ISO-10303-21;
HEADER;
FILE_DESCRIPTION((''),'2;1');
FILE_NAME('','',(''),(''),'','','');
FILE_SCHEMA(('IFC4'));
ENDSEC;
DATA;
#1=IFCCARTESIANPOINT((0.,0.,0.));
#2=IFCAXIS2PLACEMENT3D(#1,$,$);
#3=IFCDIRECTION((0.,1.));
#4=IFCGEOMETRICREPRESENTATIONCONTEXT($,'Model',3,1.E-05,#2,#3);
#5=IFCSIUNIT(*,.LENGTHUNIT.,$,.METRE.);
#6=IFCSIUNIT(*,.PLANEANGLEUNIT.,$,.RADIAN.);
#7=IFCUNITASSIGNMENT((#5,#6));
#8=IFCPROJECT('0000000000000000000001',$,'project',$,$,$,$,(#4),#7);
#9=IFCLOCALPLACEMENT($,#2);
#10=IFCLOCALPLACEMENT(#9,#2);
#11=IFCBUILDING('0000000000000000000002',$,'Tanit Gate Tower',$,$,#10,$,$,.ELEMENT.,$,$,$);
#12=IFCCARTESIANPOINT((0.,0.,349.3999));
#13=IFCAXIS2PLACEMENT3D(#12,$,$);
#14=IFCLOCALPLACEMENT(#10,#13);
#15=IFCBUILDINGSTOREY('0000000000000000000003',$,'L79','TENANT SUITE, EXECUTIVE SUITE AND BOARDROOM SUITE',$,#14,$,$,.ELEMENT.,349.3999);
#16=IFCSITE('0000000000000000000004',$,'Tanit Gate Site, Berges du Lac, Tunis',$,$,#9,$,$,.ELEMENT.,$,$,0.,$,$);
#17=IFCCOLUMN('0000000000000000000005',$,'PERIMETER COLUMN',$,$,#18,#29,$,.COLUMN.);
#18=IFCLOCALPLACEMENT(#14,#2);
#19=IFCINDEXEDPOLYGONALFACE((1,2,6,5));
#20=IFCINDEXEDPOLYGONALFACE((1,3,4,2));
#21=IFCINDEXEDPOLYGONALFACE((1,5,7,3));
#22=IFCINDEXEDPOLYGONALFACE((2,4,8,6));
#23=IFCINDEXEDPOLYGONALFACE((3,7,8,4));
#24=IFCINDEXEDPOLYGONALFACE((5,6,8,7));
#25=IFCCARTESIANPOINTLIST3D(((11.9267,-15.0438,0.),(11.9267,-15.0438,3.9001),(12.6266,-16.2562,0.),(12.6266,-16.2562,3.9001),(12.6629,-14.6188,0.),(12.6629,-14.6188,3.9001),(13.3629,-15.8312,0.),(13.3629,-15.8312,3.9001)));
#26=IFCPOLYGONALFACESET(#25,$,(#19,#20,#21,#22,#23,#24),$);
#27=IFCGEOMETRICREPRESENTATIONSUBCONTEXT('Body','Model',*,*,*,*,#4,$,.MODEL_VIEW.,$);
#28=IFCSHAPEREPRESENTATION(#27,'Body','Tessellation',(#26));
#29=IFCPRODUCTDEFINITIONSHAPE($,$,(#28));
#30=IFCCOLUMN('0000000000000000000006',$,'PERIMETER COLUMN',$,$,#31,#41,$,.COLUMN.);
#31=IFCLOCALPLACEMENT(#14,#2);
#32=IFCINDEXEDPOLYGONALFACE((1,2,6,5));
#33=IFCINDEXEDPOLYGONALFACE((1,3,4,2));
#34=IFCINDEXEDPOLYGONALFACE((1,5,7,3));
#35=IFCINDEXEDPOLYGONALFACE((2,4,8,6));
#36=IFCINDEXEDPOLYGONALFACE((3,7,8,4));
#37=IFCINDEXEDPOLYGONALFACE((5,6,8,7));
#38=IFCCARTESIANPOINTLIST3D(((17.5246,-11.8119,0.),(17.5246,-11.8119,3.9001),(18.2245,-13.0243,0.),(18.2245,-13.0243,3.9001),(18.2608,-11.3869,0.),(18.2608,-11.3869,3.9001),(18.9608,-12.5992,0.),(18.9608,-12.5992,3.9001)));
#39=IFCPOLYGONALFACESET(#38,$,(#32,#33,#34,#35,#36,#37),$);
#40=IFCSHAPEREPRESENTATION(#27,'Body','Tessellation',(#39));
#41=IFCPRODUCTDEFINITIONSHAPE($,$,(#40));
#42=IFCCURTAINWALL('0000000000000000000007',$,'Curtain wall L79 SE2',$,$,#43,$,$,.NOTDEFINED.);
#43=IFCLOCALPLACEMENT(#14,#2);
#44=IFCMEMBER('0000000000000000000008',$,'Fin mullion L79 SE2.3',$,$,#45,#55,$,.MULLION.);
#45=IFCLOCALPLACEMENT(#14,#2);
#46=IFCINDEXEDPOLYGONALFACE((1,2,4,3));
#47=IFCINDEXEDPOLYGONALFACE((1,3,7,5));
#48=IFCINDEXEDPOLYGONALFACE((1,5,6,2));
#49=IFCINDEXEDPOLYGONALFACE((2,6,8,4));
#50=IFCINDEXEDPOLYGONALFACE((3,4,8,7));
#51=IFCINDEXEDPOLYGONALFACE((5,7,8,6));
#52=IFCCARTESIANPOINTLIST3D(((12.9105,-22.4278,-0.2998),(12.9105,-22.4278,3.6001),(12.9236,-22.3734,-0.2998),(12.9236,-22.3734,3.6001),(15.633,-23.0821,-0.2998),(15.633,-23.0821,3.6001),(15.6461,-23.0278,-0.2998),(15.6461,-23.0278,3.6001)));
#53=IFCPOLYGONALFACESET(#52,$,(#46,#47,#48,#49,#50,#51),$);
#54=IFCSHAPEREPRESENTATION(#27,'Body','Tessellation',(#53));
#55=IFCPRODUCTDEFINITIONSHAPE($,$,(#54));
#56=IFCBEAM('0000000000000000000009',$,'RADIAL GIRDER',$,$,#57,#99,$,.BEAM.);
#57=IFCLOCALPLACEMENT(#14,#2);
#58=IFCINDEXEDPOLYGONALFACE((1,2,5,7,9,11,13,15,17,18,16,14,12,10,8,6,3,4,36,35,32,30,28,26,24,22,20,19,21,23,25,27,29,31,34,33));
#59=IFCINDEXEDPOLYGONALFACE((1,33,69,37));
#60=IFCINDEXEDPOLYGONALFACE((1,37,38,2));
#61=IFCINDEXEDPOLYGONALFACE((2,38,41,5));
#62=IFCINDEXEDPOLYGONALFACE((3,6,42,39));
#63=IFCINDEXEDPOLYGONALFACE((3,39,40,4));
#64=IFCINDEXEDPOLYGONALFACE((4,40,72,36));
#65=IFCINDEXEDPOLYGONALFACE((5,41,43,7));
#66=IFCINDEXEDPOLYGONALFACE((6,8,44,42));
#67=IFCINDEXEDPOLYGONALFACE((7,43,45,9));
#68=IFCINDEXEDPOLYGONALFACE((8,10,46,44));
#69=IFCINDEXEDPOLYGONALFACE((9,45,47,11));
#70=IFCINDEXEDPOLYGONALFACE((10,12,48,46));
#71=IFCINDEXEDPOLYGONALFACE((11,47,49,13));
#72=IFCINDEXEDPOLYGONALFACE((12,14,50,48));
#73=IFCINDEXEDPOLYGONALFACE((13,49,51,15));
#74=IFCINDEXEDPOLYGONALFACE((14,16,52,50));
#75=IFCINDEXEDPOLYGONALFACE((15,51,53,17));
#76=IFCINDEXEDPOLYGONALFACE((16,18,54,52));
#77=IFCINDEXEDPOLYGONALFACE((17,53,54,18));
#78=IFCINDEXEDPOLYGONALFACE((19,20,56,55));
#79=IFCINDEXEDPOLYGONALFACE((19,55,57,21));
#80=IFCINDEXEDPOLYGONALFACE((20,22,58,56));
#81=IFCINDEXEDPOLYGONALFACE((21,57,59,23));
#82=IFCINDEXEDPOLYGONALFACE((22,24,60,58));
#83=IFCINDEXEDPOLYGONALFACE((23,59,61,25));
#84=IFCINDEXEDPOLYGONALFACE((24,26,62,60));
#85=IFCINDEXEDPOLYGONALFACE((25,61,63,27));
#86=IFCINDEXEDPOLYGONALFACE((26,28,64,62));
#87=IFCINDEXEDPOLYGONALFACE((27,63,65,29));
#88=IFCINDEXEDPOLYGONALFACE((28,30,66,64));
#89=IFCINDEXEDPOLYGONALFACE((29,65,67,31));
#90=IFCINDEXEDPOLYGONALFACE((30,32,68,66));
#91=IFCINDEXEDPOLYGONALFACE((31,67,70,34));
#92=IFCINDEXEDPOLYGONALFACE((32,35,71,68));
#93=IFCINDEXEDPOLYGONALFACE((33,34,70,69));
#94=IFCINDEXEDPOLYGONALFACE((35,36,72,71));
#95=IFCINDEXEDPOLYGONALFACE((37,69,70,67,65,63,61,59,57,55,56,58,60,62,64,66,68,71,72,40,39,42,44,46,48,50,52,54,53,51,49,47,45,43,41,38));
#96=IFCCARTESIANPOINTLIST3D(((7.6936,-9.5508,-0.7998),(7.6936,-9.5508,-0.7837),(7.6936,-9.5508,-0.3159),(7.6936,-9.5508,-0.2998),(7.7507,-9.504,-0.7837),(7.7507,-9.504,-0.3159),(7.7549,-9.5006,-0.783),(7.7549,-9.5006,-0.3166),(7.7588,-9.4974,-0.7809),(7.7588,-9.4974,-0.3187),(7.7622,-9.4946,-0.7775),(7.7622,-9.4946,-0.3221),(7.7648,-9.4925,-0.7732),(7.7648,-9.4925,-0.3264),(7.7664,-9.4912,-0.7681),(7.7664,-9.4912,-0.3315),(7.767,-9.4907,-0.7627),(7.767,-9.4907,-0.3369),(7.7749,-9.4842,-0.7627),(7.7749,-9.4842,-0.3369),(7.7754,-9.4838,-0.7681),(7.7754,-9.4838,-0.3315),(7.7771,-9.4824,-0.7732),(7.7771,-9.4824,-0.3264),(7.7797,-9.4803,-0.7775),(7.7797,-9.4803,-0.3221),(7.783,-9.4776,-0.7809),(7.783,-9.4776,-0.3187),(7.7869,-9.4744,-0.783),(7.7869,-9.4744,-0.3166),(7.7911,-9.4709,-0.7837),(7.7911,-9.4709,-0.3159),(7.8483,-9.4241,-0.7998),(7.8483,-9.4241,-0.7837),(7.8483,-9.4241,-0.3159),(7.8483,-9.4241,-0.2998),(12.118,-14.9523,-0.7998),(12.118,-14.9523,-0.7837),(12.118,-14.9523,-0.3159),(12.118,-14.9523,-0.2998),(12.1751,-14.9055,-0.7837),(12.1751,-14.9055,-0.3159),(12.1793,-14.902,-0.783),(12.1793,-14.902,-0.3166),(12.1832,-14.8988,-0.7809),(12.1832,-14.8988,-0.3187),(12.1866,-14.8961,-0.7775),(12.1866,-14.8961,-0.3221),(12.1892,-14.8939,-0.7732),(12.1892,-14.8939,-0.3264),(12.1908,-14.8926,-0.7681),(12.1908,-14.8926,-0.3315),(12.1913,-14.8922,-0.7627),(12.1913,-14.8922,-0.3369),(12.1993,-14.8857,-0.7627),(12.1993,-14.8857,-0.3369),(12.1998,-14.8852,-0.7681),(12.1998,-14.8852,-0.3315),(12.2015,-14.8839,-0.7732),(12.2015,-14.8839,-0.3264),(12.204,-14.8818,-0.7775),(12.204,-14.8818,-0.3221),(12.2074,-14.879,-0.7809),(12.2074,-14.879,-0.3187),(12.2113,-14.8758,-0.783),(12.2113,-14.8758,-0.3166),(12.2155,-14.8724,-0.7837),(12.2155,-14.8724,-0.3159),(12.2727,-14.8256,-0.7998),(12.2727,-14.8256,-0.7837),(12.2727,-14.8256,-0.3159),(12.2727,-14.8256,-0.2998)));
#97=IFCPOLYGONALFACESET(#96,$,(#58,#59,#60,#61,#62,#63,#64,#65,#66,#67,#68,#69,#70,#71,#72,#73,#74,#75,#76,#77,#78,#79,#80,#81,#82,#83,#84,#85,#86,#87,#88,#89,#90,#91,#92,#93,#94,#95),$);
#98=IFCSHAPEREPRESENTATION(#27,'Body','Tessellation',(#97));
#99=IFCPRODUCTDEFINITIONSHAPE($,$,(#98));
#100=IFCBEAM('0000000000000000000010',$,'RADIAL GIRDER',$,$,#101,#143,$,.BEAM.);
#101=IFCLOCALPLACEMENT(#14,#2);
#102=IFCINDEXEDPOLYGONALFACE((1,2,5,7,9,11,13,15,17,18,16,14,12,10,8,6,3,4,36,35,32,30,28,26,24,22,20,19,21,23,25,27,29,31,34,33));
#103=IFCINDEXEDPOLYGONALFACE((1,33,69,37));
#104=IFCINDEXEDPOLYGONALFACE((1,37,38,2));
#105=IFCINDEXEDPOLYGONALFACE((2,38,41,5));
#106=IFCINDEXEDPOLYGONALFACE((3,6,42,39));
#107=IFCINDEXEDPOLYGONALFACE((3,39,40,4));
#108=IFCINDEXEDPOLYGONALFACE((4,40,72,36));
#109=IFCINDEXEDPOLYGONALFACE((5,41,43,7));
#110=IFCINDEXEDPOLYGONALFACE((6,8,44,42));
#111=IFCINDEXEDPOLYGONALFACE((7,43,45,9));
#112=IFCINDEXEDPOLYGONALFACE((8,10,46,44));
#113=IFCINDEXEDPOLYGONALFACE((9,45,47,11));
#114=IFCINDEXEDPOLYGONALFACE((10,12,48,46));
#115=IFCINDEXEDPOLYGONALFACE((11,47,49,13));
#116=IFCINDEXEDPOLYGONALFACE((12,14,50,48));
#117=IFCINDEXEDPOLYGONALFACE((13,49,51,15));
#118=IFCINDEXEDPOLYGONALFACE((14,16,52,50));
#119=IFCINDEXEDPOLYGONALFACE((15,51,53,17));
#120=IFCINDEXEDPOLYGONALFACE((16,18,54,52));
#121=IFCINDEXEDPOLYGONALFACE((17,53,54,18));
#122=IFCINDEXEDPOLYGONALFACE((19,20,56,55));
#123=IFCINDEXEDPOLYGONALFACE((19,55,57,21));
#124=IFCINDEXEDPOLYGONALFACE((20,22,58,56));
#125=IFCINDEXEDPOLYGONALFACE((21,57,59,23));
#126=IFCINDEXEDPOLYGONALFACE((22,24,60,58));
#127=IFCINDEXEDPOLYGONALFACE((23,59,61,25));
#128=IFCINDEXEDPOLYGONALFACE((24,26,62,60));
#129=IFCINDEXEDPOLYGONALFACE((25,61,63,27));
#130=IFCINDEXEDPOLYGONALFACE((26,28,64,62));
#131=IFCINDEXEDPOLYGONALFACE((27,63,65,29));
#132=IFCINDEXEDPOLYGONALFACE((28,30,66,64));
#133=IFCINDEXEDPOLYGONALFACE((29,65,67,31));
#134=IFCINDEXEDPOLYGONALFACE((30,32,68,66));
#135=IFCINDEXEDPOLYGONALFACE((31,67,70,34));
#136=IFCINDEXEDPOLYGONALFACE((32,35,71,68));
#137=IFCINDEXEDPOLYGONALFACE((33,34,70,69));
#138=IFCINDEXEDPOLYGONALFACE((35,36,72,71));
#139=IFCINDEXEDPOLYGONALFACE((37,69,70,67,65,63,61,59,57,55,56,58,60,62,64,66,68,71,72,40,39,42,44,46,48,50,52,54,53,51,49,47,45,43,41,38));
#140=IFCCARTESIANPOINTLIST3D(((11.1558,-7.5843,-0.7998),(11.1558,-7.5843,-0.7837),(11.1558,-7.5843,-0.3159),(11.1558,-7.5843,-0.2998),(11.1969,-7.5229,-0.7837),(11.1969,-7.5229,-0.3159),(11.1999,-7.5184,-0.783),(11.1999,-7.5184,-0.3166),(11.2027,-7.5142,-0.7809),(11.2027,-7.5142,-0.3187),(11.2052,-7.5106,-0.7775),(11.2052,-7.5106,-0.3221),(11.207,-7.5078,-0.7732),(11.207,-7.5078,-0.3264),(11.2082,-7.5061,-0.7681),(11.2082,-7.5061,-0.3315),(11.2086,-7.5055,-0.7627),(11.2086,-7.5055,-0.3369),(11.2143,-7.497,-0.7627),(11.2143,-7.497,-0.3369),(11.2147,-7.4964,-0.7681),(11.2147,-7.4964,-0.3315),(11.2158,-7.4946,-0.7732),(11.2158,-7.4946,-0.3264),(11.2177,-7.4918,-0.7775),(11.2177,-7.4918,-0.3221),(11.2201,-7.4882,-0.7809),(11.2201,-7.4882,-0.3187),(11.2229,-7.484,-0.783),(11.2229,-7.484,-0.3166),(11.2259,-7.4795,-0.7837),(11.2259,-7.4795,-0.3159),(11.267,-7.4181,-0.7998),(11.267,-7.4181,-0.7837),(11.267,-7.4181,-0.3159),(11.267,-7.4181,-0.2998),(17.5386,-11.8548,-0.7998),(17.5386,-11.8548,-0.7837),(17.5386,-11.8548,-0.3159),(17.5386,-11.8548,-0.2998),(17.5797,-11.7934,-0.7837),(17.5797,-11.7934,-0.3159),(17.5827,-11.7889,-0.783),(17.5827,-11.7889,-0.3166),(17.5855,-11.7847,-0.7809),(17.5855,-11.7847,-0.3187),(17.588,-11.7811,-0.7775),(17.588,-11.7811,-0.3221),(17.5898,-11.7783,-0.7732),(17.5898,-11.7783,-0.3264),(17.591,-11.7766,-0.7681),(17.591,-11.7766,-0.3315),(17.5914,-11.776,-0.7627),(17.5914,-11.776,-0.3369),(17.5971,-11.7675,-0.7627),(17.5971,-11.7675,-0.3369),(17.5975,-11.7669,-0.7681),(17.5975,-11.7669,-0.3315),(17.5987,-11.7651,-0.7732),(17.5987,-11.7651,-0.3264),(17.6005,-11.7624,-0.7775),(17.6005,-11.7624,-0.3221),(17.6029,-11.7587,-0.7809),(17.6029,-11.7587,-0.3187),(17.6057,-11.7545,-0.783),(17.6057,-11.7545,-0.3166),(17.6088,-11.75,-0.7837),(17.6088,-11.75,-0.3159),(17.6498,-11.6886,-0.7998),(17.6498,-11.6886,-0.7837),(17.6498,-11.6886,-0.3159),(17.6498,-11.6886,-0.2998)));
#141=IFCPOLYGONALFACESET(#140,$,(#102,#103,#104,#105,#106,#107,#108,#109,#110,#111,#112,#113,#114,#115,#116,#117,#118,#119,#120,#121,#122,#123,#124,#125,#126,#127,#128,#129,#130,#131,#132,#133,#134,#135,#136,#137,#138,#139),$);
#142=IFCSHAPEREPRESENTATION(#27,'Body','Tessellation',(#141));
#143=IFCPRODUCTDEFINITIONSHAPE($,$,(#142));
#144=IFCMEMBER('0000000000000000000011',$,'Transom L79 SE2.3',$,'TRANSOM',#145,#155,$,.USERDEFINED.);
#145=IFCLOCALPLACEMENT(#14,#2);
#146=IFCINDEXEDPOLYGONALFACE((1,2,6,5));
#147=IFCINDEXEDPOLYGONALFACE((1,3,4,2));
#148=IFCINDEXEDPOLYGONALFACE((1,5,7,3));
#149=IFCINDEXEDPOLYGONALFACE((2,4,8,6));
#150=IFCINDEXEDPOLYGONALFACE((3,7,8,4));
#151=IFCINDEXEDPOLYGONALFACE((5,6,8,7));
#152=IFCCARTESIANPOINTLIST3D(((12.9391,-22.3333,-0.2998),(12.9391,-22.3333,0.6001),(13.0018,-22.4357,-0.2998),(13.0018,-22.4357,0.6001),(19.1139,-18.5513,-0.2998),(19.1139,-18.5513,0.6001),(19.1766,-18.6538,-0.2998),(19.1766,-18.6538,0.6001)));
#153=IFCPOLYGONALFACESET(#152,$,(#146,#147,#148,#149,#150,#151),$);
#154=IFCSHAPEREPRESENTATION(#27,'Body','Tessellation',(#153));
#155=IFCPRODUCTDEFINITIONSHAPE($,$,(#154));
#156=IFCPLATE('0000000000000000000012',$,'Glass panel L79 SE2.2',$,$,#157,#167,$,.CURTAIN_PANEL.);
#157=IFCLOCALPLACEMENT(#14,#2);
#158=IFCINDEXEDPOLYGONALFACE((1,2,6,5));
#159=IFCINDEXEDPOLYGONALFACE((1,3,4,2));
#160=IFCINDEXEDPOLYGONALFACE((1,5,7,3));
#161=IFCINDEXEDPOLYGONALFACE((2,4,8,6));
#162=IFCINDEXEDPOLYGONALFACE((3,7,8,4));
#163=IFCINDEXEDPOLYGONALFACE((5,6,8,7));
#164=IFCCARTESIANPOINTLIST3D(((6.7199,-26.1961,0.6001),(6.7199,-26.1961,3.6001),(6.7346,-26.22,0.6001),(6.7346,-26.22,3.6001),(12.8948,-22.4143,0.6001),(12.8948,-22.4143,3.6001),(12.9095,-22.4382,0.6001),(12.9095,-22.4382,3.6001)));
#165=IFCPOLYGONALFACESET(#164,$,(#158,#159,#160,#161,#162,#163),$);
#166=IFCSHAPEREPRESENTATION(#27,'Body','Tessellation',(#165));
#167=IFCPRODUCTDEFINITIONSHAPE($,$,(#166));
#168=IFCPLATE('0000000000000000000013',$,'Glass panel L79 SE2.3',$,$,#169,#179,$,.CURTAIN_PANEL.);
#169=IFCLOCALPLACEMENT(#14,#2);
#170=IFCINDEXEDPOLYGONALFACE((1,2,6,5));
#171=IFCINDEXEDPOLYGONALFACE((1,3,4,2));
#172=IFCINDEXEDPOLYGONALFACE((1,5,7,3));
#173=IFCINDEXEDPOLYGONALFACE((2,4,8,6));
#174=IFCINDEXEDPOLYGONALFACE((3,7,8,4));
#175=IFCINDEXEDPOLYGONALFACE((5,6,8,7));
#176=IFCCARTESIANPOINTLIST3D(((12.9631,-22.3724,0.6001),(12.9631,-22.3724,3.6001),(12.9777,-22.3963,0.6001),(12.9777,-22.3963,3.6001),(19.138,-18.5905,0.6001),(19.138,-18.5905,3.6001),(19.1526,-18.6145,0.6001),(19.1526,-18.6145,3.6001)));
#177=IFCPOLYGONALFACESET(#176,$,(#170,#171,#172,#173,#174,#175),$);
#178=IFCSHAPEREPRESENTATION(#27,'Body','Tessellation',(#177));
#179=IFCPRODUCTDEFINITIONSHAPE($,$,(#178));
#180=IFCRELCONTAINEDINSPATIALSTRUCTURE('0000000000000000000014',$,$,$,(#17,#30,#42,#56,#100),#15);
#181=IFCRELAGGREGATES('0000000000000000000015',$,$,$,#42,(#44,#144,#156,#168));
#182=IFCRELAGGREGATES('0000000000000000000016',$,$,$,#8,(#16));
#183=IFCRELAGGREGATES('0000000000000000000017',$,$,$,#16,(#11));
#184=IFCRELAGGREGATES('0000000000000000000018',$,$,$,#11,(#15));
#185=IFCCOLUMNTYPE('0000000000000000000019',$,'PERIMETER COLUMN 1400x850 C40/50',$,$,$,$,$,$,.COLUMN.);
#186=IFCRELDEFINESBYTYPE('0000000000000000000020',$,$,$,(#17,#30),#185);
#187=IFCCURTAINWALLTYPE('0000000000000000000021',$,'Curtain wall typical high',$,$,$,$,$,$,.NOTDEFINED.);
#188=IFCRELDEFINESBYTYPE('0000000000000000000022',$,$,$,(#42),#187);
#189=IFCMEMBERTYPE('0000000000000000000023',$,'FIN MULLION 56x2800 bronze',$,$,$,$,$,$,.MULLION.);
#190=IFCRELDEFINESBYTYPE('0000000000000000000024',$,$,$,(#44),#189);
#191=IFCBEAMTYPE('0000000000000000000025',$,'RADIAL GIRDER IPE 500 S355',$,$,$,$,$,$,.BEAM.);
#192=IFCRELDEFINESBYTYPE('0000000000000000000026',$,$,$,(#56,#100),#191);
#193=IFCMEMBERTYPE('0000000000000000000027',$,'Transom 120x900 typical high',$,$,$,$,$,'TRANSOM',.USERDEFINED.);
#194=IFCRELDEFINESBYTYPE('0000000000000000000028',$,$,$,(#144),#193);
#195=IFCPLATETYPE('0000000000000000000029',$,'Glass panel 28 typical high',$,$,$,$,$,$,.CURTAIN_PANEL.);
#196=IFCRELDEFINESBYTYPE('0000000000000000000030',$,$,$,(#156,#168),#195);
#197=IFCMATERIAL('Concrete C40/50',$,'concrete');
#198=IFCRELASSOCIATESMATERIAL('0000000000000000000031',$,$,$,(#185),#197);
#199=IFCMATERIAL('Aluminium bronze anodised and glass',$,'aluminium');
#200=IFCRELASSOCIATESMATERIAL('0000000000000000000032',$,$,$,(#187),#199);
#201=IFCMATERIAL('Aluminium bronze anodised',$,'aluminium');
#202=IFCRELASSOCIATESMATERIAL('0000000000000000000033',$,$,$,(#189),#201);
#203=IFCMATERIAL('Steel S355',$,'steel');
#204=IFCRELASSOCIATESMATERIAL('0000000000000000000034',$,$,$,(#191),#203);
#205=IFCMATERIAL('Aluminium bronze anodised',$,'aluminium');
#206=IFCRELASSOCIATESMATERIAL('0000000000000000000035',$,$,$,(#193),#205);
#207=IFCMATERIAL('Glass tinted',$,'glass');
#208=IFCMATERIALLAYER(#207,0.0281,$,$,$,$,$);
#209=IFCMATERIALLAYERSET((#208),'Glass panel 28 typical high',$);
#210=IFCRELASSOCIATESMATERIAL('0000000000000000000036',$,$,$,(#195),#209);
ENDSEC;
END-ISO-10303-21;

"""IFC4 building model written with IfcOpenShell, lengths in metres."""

from ifc_helpers import new_model, si_unit, direction, frame, origin, origin_2d, place, context, subcontext, project, spatial, rectangle, i_section, extrude, material, layer, layer_set, material_profile, profile_set, type_object, element, aggregate, save


model = new_model("IFC4")

# Units and contexts
model_context = context("Model", 3, precision=1e-05, world=origin(), true_north=direction((0.0, 1.0)))
body_context = subcontext(model_context, "Body", "Model", "MODEL_VIEW")
ifc_project = project(units=[si_unit("LENGTHUNIT", "METRE"), si_unit("PLANEANGLEUNIT", "RADIAN")], contexts=[model_context])

# Site, building, storey
site_placement = place(None, origin())
site = spatial("IfcSite", under=ifc_project, at=site_placement, Name="Tanit Gate Site, Berges du Lac, Tunis", CompositionType="ELEMENT", RefElevation=0.0)
building_placement = place(site_placement, origin())
building = spatial("IfcBuilding", under=site, at=building_placement, Name="Tanit Gate Tower", CompositionType="ELEMENT")
storey_placement = place(building_placement, frame((0.0, 0.0, 349.3999)))
storey = spatial("IfcBuildingStorey", under=building, at=storey_placement, Name="L79", Description="TENANT SUITE, EXECUTIVE SUITE AND BOARDROOM SUITE", CompositionType="ELEMENT", Elevation=349.3999)

# Columns
ifc_material_1 = material(Name="Concrete C40/50", Category="concrete")
ifc_material_profile_1 = material_profile(ifc_material_1, rectangle(XDim=1.3999, YDim=0.8501, at=origin_2d()), Name="RC 1400x850")
ifc_profile_set_1 = profile_set([ifc_material_profile_1], Name="Concrete C40/50")
column_type = type_object("IfcColumnType", Name="PERIMETER COLUMN 1400x850 C40/50", PredefinedType="COLUMN", material=ifc_profile_set_1)
for number, where, z_axis, x_axis, name in (
    (1, (12.6448, -15.4375, 0.0), (0.0, 0.0, 1.0), (0.5, -0.866025, 0.0), "PERIMETER COLUMN"),
    (2, (18.2427, -12.2056, 0.0), (0.0, 0.0, 1.0), (0.5, -0.866025, 0.0), "PERIMETER COLUMN"),
):
    element("IfcColumn", number, at=place(storey_placement, frame(where, z_axis=z_axis, x_axis=x_axis)), inside=storey, type_object=column_type, Name=name, PredefinedType="COLUMN", context=body_context, shape_type="SweptSolid", body=[
        extrude(rectangle(XDim=1.3999, YDim=0.8501, at=origin_2d()), origin(), (0.0, 0.0, 1.0), 3.9001),
    ])

# Curtain wall, member
ifc_material_2 = material(Name="Aluminium bronze anodised and glass", Category="aluminium")
curtain_wall_type = type_object("IfcCurtainWallType", Name="Curtain wall typical high", PredefinedType="NOTDEFINED", material=ifc_material_2)
curtain_wall_placement = place(storey_placement, origin())
curtain_wall = element("IfcCurtainWall", 3, at=curtain_wall_placement, inside=storey, type_object=curtain_wall_type, Name="Curtain wall L79 SE2", PredefinedType="NOTDEFINED")
ifc_material_3 = material(Name="Aluminium bronze anodised", Category="aluminium")
ifc_material_profile_2 = material_profile(ifc_material_3, rectangle(XDim=2.8, YDim=0.0559, at=origin_2d()), Name="56x2800 bronze fin mullion")
ifc_profile_set_2 = profile_set([ifc_material_profile_2], Name="Aluminium bronze anodised")
member_type_1 = type_object("IfcMemberType", Name="FIN MULLION 56x2800 bronze", PredefinedType="MULLION", material=ifc_profile_set_2)
member_1_placement = place(storey_placement, frame((14.2783, -22.7278, -0.2998), z_axis=(0.0, 0.0, 1.0), x_axis=(-0.972311, 0.233691, 0.0)))
member_1 = element("IfcMember", 4, at=member_1_placement, type_object=member_type_1, Name="Fin mullion L79 SE2.3", PredefinedType="MULLION", context=body_context, shape_type="SweptSolid", body=[
    extrude(rectangle(XDim=2.8, YDim=0.0559, at=origin_2d()), origin(), (0.0, 0.0, 1.0), 3.8999),
])

# Beams
ifc_material_4 = material(Name="Steel S355", Category="steel")
ifc_material_profile_3 = material_profile(ifc_material_4, i_section(OverallWidth=0.2, OverallDepth=0.5, WebThickness=0.0103, FlangeThickness=0.0161, FilletRadius=0.021, at=origin_2d()), Name="IPE 500")
ifc_profile_set_3 = profile_set([ifc_material_profile_3], Name="Steel S355")
beam_type = type_object("IfcBeamType", Name="RADIAL GIRDER IPE 500 S355", PredefinedType="BEAM", material=ifc_profile_set_3)
beam_1_placement = place(storey_placement, frame((12.1953, -14.8889, -0.5498), z_axis=(-0.633668, 0.773605, 0.0), x_axis=(-0.773605, -0.633668, 0.0)))
element("IfcBeam", 5, at=beam_1_placement, inside=storey, type_object=beam_type, Name="RADIAL GIRDER", PredefinedType="BEAM", context=body_context, shape_type="SweptSolid", body=[
    extrude(i_section(OverallWidth=0.2, OverallDepth=0.5, WebThickness=0.0103, FlangeThickness=0.0161, FilletRadius=0.021, at=origin_2d()), origin(), (0.0, 0.0, 1.0), 6.9822),
])
beam_2_placement = place(storey_placement, frame((17.5942, -11.7717, -0.5498), z_axis=(-0.83113, 0.556079, 0.0), x_axis=(-0.556079, -0.83113, 0.0)))
element("IfcBeam", 6, at=beam_2_placement, inside=storey, type_object=beam_type, Name="RADIAL GIRDER", PredefinedType="BEAM", context=body_context, shape_type="SweptSolid", body=[
    extrude(i_section(OverallWidth=0.2, OverallDepth=0.5, WebThickness=0.0103, FlangeThickness=0.0161, FilletRadius=0.021, at=origin_2d()), origin(), (0.0, 0.0, 1.0), 7.6797),
])

# Member
ifc_material_5 = material(Name="Aluminium bronze anodised", Category="aluminium")
ifc_material_profile_4 = material_profile(ifc_material_5, rectangle(XDim=0.1201, YDim=0.8999, at=origin_2d()), Name="120x900 bronze transom")
ifc_profile_set_4 = profile_set([ifc_material_profile_4], Name="Aluminium bronze anodised")
member_type_2 = type_object("IfcMemberType", Name="Transom 120x900 typical high", ElementType="TRANSOM", PredefinedType="USERDEFINED", material=ifc_profile_set_4)
member_2_placement = place(storey_placement, frame((12.9705, -22.3845, 0.1501), z_axis=(0.85276, 0.522303, 0.0), x_axis=(-0.522303, 0.85276, 0.0)))
member_2 = element("IfcMember", 7, at=member_2_placement, type_object=member_type_2, Name="Transom L79 SE2.3", ObjectType="TRANSOM", PredefinedType="USERDEFINED", context=body_context, shape_type="SweptSolid", body=[
    extrude(rectangle(XDim=0.1201, YDim=0.8999, at=origin_2d()), origin(), (0.0, 0.0, 1.0), 7.241),
])

# Plates
ifc_material_6 = material(Name="Glass tinted", Category="glass")
ifc_layer_1 = layer(ifc_material_6, 0.0281)
ifc_layer_set_1 = layer_set([ifc_layer_1], Name="Glass panel 28 typical high")
plate_type = type_object("IfcPlateType", Name="Glass panel 28 typical high", PredefinedType="CURTAIN_PANEL", material=ifc_layer_set_1)
plate_1_placement = place(storey_placement, frame((9.8147, -24.3171, 0.6001), z_axis=(0.0, 0.0, 1.0), x_axis=(0.852772, 0.522283, 0.0)))
plate_1 = element("IfcPlate", 8, at=plate_1_placement, type_object=plate_type, Name="Glass panel L79 SE2.2", PredefinedType="CURTAIN_PANEL", context=body_context, shape_type="SweptSolid", body=[
    extrude(rectangle(XDim=7.241, YDim=0.0281, at=origin_2d()), origin(), (0.0, 0.0, 1.0), 3.0),
])
plate_2_placement = place(storey_placement, frame((16.0579, -20.4934, 0.6001), z_axis=(0.0, 0.0, 1.0), x_axis=(0.852772, 0.522283, 0.0)))
plate_2 = element("IfcPlate", 9, at=plate_2_placement, type_object=plate_type, Name="Glass panel L79 SE2.3", PredefinedType="CURTAIN_PANEL", context=body_context, shape_type="SweptSolid", body=[
    extrude(rectangle(XDim=7.241, YDim=0.0281, at=origin_2d()), origin(), (0.0, 0.0, 1.0), 3.0),
])
aggregate(curtain_wall, [member_1, member_2, plate_1, plate_2])

save(model, "model.ifc")
